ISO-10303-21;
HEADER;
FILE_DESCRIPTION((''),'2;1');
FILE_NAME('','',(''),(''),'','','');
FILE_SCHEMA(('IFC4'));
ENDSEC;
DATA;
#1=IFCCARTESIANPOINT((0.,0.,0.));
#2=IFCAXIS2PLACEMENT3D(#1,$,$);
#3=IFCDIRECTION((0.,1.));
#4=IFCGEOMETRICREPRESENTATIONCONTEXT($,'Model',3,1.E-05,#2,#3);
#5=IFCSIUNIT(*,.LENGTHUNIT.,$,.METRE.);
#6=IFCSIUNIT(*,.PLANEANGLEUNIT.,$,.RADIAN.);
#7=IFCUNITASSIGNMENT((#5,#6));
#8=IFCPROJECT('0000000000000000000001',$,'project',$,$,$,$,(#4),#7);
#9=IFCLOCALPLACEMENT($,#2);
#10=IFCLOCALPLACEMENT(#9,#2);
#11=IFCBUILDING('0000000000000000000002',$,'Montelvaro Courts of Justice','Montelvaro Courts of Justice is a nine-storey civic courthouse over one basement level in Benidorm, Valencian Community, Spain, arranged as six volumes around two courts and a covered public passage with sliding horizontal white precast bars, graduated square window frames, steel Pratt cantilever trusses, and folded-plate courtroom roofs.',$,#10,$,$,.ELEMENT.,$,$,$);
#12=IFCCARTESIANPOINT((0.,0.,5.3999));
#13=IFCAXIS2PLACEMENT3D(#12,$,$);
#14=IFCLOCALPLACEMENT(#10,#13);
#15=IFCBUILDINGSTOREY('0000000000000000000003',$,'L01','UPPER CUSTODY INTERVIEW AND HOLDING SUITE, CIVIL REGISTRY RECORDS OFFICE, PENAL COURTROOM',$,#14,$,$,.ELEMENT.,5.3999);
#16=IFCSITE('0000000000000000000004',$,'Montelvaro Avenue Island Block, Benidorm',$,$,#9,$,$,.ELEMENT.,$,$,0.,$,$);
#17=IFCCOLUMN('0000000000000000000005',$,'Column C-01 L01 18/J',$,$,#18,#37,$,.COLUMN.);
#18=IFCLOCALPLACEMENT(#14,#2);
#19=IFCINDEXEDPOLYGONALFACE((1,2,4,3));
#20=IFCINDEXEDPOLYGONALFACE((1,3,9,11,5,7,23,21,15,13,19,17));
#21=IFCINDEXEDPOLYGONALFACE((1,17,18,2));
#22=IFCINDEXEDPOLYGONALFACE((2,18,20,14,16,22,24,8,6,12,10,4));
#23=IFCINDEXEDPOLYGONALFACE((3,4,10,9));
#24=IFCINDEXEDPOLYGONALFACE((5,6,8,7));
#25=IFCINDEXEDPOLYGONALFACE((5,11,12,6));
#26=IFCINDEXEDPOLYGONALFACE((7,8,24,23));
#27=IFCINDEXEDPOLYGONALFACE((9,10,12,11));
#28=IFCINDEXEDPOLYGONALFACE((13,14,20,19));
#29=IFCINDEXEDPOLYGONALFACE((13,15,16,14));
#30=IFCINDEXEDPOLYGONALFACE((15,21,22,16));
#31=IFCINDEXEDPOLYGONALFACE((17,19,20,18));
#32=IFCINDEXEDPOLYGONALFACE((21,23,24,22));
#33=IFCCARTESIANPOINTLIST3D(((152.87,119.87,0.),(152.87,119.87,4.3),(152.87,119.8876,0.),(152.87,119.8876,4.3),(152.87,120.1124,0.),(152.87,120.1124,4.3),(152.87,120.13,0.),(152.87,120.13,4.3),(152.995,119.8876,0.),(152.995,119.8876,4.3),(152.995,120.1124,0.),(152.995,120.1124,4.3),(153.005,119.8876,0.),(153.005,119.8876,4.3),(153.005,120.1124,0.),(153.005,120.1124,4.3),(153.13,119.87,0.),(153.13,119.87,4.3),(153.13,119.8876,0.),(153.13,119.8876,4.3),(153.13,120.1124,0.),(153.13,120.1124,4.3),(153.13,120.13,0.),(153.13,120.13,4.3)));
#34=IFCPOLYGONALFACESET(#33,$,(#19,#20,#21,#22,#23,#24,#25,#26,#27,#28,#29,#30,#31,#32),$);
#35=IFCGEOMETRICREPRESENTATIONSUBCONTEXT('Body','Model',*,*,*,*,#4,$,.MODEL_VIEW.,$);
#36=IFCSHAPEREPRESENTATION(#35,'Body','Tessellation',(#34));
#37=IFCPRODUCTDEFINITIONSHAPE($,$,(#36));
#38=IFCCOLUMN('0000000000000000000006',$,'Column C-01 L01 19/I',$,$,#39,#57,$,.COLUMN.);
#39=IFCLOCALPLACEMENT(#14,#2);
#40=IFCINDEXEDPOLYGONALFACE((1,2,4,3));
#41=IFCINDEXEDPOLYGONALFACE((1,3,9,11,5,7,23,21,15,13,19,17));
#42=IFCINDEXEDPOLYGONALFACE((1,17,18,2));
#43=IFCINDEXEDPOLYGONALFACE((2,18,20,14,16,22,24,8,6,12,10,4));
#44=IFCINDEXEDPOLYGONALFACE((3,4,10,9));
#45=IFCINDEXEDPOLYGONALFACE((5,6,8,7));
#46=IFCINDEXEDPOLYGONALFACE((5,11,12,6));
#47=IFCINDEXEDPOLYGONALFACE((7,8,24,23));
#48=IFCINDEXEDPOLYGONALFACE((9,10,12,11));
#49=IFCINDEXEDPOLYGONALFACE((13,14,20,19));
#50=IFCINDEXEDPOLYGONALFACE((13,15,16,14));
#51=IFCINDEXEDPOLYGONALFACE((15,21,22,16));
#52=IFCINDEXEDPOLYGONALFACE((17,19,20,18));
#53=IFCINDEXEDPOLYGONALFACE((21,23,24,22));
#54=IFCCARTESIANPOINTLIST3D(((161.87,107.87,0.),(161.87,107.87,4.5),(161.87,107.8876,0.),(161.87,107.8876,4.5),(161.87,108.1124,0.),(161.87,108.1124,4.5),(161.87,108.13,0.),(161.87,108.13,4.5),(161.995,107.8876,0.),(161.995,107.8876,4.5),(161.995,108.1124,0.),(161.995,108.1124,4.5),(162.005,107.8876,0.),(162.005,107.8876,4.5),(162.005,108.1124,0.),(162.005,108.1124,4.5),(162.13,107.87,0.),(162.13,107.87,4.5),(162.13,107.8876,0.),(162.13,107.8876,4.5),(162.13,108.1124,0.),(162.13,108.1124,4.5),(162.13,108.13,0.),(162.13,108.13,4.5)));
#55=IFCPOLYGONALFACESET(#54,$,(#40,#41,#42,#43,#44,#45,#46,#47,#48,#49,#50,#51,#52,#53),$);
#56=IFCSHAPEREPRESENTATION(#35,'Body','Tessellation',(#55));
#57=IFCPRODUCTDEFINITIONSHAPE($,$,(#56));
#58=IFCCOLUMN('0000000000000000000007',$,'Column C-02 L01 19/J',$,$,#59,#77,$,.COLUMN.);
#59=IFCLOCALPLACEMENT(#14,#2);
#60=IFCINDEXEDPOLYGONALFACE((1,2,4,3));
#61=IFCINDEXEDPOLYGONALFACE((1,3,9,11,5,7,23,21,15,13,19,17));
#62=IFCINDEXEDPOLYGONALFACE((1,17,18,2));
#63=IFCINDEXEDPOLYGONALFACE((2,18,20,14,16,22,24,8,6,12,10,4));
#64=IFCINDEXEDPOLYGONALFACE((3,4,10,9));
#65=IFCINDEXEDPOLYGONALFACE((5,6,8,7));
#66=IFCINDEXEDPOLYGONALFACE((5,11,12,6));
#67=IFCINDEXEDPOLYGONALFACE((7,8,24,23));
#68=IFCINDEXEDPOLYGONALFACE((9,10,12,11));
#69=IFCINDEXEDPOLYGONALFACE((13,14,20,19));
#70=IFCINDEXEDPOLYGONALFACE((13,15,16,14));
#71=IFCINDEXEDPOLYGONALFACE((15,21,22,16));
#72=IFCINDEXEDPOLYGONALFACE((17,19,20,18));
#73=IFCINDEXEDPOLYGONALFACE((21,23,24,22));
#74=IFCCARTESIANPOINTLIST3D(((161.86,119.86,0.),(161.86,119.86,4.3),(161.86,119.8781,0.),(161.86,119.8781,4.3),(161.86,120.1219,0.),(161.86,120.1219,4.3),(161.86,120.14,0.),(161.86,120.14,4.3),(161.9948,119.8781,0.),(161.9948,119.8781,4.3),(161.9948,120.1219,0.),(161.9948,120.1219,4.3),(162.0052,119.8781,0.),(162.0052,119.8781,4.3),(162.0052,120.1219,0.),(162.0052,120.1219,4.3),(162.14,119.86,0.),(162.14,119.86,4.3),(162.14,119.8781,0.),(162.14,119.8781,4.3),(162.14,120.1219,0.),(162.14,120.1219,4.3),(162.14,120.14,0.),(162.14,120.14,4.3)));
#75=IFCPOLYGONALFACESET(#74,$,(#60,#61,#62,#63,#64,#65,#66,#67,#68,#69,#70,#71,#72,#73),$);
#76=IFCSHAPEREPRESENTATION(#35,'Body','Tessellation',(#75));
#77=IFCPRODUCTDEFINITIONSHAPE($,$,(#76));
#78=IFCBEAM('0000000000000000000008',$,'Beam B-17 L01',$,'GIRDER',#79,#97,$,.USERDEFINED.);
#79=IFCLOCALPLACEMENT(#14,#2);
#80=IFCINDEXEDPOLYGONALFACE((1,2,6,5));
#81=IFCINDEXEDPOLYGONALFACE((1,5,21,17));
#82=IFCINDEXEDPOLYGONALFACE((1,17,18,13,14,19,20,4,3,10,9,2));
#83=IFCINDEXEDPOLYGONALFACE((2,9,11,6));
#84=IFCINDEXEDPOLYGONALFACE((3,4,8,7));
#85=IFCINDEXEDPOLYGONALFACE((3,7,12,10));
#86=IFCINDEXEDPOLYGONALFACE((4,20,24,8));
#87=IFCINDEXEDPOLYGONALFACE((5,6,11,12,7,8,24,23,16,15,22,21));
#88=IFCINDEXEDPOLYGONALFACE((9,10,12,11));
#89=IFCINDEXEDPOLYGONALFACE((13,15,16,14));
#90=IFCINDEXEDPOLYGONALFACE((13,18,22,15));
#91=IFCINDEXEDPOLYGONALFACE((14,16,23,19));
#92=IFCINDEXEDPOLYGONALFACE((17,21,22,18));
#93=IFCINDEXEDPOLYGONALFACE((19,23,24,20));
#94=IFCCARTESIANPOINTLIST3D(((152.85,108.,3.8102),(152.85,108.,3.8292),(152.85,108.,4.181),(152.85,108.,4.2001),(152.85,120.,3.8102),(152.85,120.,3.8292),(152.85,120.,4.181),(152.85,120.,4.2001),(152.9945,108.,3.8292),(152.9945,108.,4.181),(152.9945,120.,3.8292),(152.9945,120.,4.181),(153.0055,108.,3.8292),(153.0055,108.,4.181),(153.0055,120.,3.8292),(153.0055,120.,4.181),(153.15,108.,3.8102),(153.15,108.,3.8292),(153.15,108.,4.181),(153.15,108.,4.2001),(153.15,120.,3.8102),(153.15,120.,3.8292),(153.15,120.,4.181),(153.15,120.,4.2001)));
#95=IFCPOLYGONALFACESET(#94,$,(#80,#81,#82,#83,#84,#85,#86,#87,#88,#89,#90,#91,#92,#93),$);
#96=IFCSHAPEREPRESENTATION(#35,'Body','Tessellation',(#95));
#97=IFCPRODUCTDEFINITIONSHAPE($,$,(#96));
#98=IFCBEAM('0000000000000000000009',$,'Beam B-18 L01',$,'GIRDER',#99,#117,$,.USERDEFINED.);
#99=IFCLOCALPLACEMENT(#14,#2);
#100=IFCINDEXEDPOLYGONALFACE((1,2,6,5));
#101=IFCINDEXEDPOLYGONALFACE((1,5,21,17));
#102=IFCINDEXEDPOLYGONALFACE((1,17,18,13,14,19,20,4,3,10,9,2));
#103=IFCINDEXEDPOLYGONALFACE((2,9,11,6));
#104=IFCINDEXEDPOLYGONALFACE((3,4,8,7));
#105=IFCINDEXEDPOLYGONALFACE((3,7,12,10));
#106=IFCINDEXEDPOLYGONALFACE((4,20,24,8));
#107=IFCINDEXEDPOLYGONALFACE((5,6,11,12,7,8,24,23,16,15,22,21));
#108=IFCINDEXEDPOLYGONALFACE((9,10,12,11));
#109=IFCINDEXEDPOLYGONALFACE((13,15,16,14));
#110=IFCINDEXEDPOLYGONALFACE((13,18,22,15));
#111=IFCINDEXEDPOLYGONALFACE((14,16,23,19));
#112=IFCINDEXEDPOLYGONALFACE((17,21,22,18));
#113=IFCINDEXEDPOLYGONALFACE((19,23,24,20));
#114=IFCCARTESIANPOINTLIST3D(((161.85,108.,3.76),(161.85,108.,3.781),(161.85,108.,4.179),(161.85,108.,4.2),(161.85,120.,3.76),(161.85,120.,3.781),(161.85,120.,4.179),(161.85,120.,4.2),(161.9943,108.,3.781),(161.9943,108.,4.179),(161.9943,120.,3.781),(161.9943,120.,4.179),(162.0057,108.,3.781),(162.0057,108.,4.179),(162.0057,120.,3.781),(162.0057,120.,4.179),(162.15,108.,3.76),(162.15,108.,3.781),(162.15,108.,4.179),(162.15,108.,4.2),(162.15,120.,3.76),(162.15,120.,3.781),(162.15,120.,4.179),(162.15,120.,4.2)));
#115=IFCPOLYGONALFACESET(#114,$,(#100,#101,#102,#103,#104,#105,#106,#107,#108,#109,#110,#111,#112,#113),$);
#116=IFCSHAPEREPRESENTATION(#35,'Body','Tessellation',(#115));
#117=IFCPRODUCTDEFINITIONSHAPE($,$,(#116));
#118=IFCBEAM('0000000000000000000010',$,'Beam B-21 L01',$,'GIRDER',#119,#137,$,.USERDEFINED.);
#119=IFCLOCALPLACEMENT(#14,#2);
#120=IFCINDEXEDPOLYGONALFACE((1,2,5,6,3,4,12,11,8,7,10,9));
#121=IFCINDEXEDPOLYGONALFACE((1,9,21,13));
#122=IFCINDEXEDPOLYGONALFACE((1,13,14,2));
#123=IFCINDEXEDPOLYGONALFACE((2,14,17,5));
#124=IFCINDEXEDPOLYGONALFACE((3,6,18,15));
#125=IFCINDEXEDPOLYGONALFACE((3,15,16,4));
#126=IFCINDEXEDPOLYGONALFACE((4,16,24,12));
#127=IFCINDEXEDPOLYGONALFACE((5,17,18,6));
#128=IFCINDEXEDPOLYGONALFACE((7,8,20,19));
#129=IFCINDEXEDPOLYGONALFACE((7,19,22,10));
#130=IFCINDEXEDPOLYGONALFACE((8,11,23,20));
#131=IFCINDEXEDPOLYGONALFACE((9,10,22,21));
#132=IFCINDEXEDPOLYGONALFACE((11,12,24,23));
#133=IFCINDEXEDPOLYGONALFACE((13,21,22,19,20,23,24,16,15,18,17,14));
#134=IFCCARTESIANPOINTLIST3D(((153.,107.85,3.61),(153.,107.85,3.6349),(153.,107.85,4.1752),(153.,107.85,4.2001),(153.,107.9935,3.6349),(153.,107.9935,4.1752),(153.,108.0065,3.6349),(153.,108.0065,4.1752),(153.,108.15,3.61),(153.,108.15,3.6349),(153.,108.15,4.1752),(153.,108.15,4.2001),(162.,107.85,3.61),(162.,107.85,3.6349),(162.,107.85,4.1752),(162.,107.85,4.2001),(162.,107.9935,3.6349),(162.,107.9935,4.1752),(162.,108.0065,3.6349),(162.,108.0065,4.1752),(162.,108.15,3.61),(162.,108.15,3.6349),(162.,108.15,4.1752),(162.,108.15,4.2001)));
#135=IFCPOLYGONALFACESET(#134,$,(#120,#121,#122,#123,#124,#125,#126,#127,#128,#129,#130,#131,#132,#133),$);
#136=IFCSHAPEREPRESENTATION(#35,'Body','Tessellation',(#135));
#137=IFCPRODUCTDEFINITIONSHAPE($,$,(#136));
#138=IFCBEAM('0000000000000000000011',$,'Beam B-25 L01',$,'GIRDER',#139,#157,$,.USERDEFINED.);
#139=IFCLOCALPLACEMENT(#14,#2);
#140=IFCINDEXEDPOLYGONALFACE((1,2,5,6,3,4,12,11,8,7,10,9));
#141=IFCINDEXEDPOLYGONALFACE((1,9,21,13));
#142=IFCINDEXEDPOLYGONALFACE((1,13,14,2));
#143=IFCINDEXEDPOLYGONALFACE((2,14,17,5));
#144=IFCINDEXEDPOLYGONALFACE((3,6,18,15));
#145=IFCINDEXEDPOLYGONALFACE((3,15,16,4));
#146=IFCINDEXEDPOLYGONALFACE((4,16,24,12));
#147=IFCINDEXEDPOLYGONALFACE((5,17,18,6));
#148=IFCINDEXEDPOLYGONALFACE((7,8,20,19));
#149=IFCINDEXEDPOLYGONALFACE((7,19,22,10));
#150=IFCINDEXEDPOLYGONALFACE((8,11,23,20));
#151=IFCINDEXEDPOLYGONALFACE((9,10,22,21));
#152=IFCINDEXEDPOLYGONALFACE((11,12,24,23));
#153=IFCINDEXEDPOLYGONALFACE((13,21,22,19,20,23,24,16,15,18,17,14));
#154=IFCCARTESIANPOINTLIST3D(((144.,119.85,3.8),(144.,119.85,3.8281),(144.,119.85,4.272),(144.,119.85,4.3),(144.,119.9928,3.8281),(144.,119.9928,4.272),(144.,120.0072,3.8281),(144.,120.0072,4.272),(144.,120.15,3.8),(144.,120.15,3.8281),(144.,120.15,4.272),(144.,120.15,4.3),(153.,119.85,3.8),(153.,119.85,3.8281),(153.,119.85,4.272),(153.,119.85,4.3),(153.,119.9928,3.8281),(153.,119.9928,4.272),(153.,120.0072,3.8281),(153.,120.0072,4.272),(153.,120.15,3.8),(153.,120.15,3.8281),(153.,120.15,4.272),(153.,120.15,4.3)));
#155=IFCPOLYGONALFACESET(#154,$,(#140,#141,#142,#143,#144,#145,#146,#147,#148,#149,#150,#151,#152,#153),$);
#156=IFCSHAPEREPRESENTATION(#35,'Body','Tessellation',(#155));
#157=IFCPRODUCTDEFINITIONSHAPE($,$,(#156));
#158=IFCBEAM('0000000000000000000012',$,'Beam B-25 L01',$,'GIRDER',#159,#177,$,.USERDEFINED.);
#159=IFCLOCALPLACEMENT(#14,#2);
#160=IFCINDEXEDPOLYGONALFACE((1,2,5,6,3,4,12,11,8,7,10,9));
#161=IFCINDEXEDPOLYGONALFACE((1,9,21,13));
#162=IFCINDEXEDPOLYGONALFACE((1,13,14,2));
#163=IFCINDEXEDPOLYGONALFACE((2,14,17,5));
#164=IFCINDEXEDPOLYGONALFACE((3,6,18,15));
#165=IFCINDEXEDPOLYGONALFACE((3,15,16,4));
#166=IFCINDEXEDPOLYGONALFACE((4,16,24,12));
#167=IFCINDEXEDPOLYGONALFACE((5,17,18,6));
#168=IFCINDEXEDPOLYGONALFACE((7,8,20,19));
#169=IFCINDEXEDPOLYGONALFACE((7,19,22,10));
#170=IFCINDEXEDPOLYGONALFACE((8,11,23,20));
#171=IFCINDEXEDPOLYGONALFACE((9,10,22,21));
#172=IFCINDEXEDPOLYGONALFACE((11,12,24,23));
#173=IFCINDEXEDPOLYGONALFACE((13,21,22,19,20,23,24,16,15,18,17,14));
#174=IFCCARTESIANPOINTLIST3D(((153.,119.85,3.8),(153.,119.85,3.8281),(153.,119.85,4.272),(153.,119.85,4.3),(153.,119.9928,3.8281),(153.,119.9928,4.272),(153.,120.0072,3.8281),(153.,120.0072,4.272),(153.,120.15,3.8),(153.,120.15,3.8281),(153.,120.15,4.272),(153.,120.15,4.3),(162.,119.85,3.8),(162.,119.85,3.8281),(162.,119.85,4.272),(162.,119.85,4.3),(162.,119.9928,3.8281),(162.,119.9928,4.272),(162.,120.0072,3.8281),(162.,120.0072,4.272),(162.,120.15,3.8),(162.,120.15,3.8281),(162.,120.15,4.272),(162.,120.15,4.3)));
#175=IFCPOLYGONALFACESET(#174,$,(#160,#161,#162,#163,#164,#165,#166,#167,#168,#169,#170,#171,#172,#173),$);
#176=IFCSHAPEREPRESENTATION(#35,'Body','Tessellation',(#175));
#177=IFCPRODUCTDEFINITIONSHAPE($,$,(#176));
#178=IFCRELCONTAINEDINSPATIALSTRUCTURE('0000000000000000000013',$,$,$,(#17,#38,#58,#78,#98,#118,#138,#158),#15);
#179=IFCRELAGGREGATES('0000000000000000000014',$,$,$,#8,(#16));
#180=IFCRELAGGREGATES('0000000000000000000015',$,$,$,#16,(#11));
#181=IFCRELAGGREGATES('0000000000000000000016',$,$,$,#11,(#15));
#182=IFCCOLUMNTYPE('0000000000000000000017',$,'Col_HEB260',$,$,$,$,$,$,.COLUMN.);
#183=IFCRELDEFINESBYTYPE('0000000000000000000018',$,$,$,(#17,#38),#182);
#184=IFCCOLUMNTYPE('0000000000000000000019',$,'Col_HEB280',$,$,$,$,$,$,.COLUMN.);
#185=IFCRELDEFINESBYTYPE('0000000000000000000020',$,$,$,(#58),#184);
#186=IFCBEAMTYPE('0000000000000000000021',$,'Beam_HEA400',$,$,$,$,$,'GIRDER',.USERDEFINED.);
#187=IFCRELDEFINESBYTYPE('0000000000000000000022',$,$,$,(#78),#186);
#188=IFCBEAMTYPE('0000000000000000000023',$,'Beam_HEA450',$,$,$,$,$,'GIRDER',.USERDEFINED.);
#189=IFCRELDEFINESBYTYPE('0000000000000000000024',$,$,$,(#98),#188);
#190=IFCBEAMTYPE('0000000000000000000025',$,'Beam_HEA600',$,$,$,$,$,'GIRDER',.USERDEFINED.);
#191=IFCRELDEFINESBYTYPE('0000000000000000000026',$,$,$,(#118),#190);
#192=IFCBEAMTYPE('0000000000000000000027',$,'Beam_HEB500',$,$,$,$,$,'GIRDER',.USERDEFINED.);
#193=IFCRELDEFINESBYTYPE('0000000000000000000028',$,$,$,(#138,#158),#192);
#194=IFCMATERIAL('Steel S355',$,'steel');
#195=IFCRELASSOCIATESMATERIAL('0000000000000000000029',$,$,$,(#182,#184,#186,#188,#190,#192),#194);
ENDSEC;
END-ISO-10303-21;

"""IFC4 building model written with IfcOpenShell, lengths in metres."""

from ifc_helpers import new_model, si_unit, direction, frame, origin, origin_2d, place, context, subcontext, project, spatial, i_section, extrude, material, material_profile, profile_set, type_object, element, save


model = new_model("IFC4")

# Units and contexts
model_context = context("Model", 3, precision=1e-05, world=origin(), true_north=direction((0.0, 1.0)))
body_context = subcontext(model_context, "Body", "Model", "MODEL_VIEW")
ifc_project = project(units=[si_unit("LENGTHUNIT", "METRE"), si_unit("PLANEANGLEUNIT", "RADIAN")], contexts=[model_context])

# Site, building, storey
site_placement = place(None, origin())
site = spatial("IfcSite", under=ifc_project, at=site_placement, Name="Montelvaro Avenue Island Block, Benidorm", CompositionType="ELEMENT", RefElevation=0.0)
building_placement = place(site_placement, origin())
building = spatial("IfcBuilding", under=site, at=building_placement, Name="Montelvaro Courts of Justice", Description="Montelvaro Courts of Justice is a nine-storey civic courthouse over one basement level in Benidorm, Valencian Community, Spain, arranged as six volumes around two courts and a covered public passage with sliding horizontal white precast bars, graduated square window frames, steel Pratt cantilever trusses, and folded-plate courtroom roofs.", CompositionType="ELEMENT")
storey_placement = place(building_placement, frame((0.0, 0.0, 5.3999)))
storey = spatial("IfcBuildingStorey", under=building, at=storey_placement, Name="L01", Description="UPPER CUSTODY INTERVIEW AND HOLDING SUITE, CIVIL REGISTRY RECORDS OFFICE, PENAL COURTROOM", CompositionType="ELEMENT", Elevation=5.3999)

# Columns
ifc_material_1 = material(Name="Steel S355", Category="steel")
ifc_material_profile_1 = material_profile(ifc_material_1, i_section(OverallWidth=0.26, OverallDepth=0.26, WebThickness=0.01, FlangeThickness=0.0176, at=origin_2d()), Name="HEB 260")
ifc_profile_set_1 = profile_set([ifc_material_profile_1], Name="Steel S355")
column_type_1 = type_object("IfcColumnType", Name="Col_HEB260", PredefinedType="COLUMN", material=ifc_profile_set_1)
column_1_placement = place(storey_placement, frame((153.0, 120.0, 0.0), z_axis=(0.0, 0.0, 1.0), x_axis=(1.0, 0.0, 0.0)))
element("IfcColumn", 1, at=column_1_placement, inside=storey, type_object=column_type_1, Name="Column C-01 L01 18/J", PredefinedType="COLUMN", context=body_context, shape_type="SweptSolid", body=[
    extrude(i_section(OverallWidth=0.26, OverallDepth=0.26, WebThickness=0.01, FlangeThickness=0.0176, at=origin_2d()), origin(), (0.0, 0.0, 1.0), 4.3),
])
column_2_placement = place(storey_placement, frame((162.0, 108.0, 0.0), z_axis=(0.0, 0.0, 1.0), x_axis=(1.0, 0.0, 0.0)))
element("IfcColumn", 2, at=column_2_placement, inside=storey, type_object=column_type_1, Name="Column C-01 L01 19/I", PredefinedType="COLUMN", context=body_context, shape_type="SweptSolid", body=[
    extrude(i_section(OverallWidth=0.26, OverallDepth=0.26, WebThickness=0.01, FlangeThickness=0.0176, at=origin_2d()), origin(), (0.0, 0.0, 1.0), 4.5),
])
ifc_material_profile_2 = material_profile(ifc_material_1, i_section(OverallWidth=0.28, OverallDepth=0.28, WebThickness=0.0105, FlangeThickness=0.0181, at=origin_2d()), Name="HEB 280")
ifc_profile_set_2 = profile_set([ifc_material_profile_2], Name="Steel S355")
column_type_2 = type_object("IfcColumnType", Name="Col_HEB280", PredefinedType="COLUMN", material=ifc_profile_set_2)
column_3_placement = place(storey_placement, frame((162.0, 120.0, 0.0), z_axis=(0.0, 0.0, 1.0), x_axis=(1.0, 0.0, 0.0)))
element("IfcColumn", 3, at=column_3_placement, inside=storey, type_object=column_type_2, Name="Column C-02 L01 19/J", PredefinedType="COLUMN", context=body_context, shape_type="SweptSolid", body=[
    extrude(i_section(OverallWidth=0.28, OverallDepth=0.28, WebThickness=0.0105, FlangeThickness=0.0181, at=origin_2d()), origin(), (0.0, 0.0, 1.0), 4.3),
])

# Beams
ifc_material_profile_3 = material_profile(ifc_material_1, i_section(OverallWidth=0.3, OverallDepth=0.3899, WebThickness=0.011, FlangeThickness=0.019, at=origin_2d()), Name="HEA 400")
ifc_profile_set_3 = profile_set([ifc_material_profile_3], Name="Steel S355")
beam_type_1 = type_object("IfcBeamType", Name="Beam_HEA400", ElementType="GIRDER", PredefinedType="USERDEFINED", material=ifc_profile_set_3)
beam_1_placement = place(storey_placement, frame((153.0, 108.0, 4.0051), z_axis=(0.0, 1.0, 0.0), x_axis=(-1.0, 0.0, 0.0)))
element("IfcBeam", 4, at=beam_1_placement, inside=storey, type_object=beam_type_1, Name="Beam B-17 L01", ObjectType="GIRDER", PredefinedType="USERDEFINED", context=body_context, shape_type="SweptSolid", body=[
    extrude(i_section(OverallWidth=0.3, OverallDepth=0.3899, WebThickness=0.011, FlangeThickness=0.019, at=origin_2d()), origin(), (0.0, 0.0, 1.0), 12.0),
])
ifc_material_profile_4 = material_profile(ifc_material_1, i_section(OverallWidth=0.3, OverallDepth=0.4399, WebThickness=0.0115, FlangeThickness=0.021, at=origin_2d()), Name="HEA 450")
ifc_profile_set_4 = profile_set([ifc_material_profile_4], Name="Steel S355")
beam_type_2 = type_object("IfcBeamType", Name="Beam_HEA450", ElementType="GIRDER", PredefinedType="USERDEFINED", material=ifc_profile_set_4)
beam_2_placement = place(storey_placement, frame((162.0, 108.0, 3.98), z_axis=(0.0, 1.0, 0.0), x_axis=(-1.0, 0.0, 0.0)))
element("IfcBeam", 5, at=beam_2_placement, inside=storey, type_object=beam_type_2, Name="Beam B-18 L01", ObjectType="GIRDER", PredefinedType="USERDEFINED", context=body_context, shape_type="SweptSolid", body=[
    extrude(i_section(OverallWidth=0.3, OverallDepth=0.4399, WebThickness=0.0115, FlangeThickness=0.021, at=origin_2d()), origin(), (0.0, 0.0, 1.0), 12.0),
])
ifc_material_profile_5 = material_profile(ifc_material_1, i_section(OverallWidth=0.3, OverallDepth=0.5901, WebThickness=0.0129, FlangeThickness=0.0249, at=origin_2d()), Name="HEA 600")
ifc_profile_set_5 = profile_set([ifc_material_profile_5], Name="Steel S355")
beam_type_3 = type_object("IfcBeamType", Name="Beam_HEA600", ElementType="GIRDER", PredefinedType="USERDEFINED", material=ifc_profile_set_5)
beam_3_placement = place(storey_placement, frame((153.0, 108.0, 3.905), z_axis=(1.0, 0.0, 0.0), x_axis=(0.0, 1.0, 0.0)))
element("IfcBeam", 6, at=beam_3_placement, inside=storey, type_object=beam_type_3, Name="Beam B-21 L01", ObjectType="GIRDER", PredefinedType="USERDEFINED", context=body_context, shape_type="SweptSolid", body=[
    extrude(i_section(OverallWidth=0.3, OverallDepth=0.5901, WebThickness=0.0129, FlangeThickness=0.0249, at=origin_2d()), origin(), (0.0, 0.0, 1.0), 9.0),
])
ifc_material_profile_6 = material_profile(ifc_material_1, i_section(OverallWidth=0.3, OverallDepth=0.5, WebThickness=0.0144, FlangeThickness=0.0281, at=origin_2d()), Name="HEB 500")
ifc_profile_set_6 = profile_set([ifc_material_profile_6], Name="Steel S355")
beam_type_4 = type_object("IfcBeamType", Name="Beam_HEB500", ElementType="GIRDER", PredefinedType="USERDEFINED", material=ifc_profile_set_6)
for number, where, z_axis, x_axis, name in (
    (7, (144.0, 120.0, 4.05), (1.0, 0.0, 0.0), (0.0, 1.0, 0.0), "Beam B-25 L01"),
    (8, (153.0, 120.0, 4.05), (1.0, 0.0, 0.0), (0.0, 1.0, 0.0), "Beam B-25 L01"),
):
    element("IfcBeam", number, at=place(storey_placement, frame(where, z_axis=z_axis, x_axis=x_axis)), inside=storey, type_object=beam_type_4, Name=name, ObjectType="GIRDER", PredefinedType="USERDEFINED", context=body_context, shape_type="SweptSolid", body=[
        extrude(i_section(OverallWidth=0.3, OverallDepth=0.5, WebThickness=0.0144, FlangeThickness=0.0281, at=origin_2d()), origin(), (0.0, 0.0, 1.0), 9.0),
    ])

save(model, "model.ifc")
